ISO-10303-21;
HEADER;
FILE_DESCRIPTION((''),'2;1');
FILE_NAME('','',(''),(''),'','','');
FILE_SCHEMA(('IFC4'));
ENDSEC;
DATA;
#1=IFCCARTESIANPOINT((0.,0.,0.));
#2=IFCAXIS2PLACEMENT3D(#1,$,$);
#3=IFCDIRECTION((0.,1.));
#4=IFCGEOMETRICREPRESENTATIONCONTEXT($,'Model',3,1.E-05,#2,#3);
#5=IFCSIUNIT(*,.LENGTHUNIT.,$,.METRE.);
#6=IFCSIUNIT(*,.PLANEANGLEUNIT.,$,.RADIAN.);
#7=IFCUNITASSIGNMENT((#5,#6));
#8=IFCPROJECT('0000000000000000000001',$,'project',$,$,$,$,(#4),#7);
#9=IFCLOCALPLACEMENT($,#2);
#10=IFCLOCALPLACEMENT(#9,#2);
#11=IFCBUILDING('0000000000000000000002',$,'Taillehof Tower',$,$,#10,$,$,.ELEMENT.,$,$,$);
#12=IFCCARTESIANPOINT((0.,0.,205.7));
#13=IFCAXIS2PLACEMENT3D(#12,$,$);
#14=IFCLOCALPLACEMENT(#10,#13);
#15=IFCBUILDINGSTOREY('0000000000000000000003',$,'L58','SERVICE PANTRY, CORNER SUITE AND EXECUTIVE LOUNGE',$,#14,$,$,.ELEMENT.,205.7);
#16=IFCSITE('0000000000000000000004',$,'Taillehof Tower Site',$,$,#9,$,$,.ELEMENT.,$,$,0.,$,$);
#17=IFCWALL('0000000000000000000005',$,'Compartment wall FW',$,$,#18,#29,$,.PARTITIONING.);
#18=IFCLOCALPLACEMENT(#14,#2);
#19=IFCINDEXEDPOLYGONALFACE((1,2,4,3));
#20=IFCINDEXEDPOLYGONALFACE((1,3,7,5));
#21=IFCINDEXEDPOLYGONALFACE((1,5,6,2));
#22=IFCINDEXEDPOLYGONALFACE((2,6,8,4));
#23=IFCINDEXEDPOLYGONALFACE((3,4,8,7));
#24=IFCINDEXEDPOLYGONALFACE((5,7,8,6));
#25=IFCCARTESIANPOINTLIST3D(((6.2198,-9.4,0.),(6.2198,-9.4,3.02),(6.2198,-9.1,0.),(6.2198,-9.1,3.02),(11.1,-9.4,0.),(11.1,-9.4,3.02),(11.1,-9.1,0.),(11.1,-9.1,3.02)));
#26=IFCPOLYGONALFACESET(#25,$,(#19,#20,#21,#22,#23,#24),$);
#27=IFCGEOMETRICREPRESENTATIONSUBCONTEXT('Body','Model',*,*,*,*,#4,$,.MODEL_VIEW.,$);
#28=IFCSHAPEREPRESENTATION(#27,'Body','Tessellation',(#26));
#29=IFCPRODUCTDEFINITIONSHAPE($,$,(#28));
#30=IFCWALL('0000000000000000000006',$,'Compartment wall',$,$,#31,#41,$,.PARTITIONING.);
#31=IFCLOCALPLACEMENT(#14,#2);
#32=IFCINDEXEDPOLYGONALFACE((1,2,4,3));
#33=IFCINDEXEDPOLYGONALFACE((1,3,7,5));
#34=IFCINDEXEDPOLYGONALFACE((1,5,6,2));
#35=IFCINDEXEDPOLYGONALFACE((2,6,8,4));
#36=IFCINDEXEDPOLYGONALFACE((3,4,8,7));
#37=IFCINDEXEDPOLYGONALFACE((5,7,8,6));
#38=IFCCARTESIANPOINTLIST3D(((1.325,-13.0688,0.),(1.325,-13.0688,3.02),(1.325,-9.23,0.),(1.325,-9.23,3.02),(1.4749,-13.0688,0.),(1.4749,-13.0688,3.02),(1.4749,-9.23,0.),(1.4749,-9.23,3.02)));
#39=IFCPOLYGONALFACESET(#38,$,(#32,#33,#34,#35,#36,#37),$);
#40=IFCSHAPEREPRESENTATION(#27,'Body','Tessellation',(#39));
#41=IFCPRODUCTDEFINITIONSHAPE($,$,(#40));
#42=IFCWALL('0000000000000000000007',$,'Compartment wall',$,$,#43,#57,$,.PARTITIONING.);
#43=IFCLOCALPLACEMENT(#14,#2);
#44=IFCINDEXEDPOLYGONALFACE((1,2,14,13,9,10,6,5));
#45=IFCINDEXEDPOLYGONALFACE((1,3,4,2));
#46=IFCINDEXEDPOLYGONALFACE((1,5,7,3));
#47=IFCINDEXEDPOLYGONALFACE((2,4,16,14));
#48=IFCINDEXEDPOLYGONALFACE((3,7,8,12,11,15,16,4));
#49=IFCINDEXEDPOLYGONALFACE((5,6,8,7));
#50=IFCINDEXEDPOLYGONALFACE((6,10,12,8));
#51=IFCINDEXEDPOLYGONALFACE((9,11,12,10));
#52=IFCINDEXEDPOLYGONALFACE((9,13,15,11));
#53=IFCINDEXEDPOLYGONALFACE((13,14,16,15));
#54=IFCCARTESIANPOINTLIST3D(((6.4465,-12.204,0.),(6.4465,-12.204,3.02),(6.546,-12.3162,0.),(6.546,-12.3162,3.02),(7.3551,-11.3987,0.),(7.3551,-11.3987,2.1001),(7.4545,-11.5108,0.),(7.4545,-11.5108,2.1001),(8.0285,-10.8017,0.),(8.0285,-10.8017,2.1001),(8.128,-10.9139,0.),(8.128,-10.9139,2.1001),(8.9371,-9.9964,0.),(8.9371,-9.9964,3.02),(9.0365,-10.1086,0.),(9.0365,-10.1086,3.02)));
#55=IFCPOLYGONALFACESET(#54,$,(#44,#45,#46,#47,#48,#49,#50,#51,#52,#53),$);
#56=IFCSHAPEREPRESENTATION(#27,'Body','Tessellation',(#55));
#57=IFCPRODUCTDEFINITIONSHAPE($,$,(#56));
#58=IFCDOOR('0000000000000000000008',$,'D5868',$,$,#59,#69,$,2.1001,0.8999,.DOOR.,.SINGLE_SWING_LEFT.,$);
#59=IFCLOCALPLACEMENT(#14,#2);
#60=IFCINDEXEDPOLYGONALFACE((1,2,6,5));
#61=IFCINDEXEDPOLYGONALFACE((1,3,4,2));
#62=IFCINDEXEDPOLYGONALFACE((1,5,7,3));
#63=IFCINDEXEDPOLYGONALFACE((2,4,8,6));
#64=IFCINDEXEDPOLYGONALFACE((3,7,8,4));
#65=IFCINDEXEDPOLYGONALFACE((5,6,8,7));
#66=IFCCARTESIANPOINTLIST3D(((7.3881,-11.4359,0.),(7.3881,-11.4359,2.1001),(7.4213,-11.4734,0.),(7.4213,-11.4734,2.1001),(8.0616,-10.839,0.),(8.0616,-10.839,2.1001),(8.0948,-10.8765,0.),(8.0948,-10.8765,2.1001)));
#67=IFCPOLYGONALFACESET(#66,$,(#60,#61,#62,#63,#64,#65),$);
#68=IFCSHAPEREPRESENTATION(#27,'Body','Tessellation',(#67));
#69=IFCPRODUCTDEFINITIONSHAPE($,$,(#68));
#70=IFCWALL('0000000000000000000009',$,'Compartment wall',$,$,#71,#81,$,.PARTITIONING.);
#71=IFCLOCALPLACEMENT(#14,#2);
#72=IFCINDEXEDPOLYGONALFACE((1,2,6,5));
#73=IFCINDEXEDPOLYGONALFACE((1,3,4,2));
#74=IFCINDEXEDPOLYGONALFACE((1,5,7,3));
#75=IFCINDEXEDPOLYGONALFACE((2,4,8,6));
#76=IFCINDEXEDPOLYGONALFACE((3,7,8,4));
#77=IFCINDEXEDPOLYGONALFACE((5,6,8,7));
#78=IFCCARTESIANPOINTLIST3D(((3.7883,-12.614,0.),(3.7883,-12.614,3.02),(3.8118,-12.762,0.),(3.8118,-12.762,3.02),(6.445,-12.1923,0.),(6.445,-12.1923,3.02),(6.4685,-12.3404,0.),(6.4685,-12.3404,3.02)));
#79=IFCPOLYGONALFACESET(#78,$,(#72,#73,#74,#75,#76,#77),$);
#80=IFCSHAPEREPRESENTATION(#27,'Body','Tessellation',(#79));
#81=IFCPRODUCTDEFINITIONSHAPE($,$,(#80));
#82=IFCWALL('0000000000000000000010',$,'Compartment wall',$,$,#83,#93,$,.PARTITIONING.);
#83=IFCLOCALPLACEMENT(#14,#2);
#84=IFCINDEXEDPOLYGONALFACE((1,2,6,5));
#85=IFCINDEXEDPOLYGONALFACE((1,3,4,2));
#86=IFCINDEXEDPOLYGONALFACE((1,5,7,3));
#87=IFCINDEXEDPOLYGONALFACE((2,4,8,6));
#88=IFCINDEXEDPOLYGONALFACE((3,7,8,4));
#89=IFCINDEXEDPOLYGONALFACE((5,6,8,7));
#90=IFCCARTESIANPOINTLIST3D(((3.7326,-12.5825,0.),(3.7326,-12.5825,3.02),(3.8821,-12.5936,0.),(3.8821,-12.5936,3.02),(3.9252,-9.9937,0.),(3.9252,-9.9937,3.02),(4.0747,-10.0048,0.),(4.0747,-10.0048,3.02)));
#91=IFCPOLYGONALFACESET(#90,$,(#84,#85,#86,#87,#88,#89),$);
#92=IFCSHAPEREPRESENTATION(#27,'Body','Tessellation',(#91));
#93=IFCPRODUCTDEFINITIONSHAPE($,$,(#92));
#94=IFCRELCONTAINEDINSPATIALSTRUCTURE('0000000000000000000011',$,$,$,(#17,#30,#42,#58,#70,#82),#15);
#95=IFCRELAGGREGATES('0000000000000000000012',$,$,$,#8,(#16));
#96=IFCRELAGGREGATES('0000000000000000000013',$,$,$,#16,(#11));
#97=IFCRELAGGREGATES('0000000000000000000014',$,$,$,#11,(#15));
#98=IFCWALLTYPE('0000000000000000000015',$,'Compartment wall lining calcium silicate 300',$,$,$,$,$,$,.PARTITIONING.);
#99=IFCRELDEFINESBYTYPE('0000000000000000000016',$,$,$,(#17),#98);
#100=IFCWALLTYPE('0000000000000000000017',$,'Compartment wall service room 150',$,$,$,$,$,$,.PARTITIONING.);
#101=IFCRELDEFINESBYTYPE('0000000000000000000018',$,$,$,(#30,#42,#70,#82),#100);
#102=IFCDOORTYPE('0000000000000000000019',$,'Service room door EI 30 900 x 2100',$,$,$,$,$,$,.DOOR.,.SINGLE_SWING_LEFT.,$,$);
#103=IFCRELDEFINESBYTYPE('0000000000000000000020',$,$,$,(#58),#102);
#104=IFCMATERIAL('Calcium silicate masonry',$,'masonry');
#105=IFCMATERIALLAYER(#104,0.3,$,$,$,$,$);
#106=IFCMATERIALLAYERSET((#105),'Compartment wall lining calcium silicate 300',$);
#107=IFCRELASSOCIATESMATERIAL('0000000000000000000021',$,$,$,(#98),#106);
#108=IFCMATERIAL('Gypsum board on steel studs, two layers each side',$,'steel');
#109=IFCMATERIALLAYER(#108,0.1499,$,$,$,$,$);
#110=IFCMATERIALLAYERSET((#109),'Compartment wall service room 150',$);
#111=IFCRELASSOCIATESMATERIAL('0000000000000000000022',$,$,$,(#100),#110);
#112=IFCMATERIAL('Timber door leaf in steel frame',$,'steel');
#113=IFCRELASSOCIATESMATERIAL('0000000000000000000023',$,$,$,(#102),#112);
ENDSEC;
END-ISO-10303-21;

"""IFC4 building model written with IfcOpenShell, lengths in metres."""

from ifc_helpers import new_model, si_unit, direction, frame, frame_2d, origin, place, context, subcontext, project, spatial, rectangle, extrude, material, layer, layer_set, type_object, element, fill, save


model = new_model("IFC4")

# Units and contexts
model_context = context("Model", 3, precision=1e-05, world=origin(), true_north=direction((0.0, 1.0)))
body_context = subcontext(model_context, "Body", "Model", "MODEL_VIEW")
ifc_project = project(units=[si_unit("LENGTHUNIT", "METRE"), si_unit("PLANEANGLEUNIT", "RADIAN")], contexts=[model_context])

# Site, building, storey
site_placement = place(None, origin())
site = spatial("IfcSite", under=ifc_project, at=site_placement, Name="Taillehof Tower Site", CompositionType="ELEMENT", RefElevation=0.0)
building_placement = place(site_placement, origin())
building = spatial("IfcBuilding", under=site, at=building_placement, Name="Taillehof Tower", CompositionType="ELEMENT")
storey_placement = place(building_placement, frame((0.0, 0.0, 205.7)))
storey = spatial("IfcBuildingStorey", under=building, at=storey_placement, Name="L58", Description="SERVICE PANTRY, CORNER SUITE AND EXECUTIVE LOUNGE", CompositionType="ELEMENT", Elevation=205.7)

# Walls
ifc_material_1 = material(Name="Calcium silicate masonry", Category="masonry")
ifc_layer_1 = layer(ifc_material_1, 0.3)
ifc_layer_set_1 = layer_set([ifc_layer_1], Name="Compartment wall lining calcium silicate 300")
wall_type_1 = type_object("IfcWallType", Name="Compartment wall lining calcium silicate 300", PredefinedType="PARTITIONING", material=ifc_layer_set_1)
wall_1_placement = place(storey_placement, frame((6.22, -9.25, 0.0), z_axis=(0.0, 0.0, 1.0), x_axis=(1.0, 0.0, 0.0)))
element("IfcWall", 1, at=wall_1_placement, inside=storey, type_object=wall_type_1, Name="Compartment wall FW", PredefinedType="PARTITIONING", context=body_context, shape_type="SweptSolid", body=[
    extrude(rectangle(XDim=4.8801, YDim=0.3, at=frame_2d((2.4399, 0.0))), origin(), (0.0, 0.0, 1.0), 3.02),
])
ifc_material_2 = material(Name="Gypsum board on steel studs, two layers each side", Category="steel")
ifc_layer_2 = layer(ifc_material_2, 0.1499)
ifc_layer_set_2 = layer_set([ifc_layer_2], Name="Compartment wall service room 150")
wall_type_2 = type_object("IfcWallType", Name="Compartment wall service room 150", PredefinedType="PARTITIONING", material=ifc_layer_set_2)
wall_2_placement = place(storey_placement, frame((1.3999, -9.23, 0.0), z_axis=(0.0, 0.0, 1.0), x_axis=(0.0, -1.0, 0.0)))
element("IfcWall", 2, at=wall_2_placement, inside=storey, type_object=wall_type_2, Name="Compartment wall", PredefinedType="PARTITIONING", context=body_context, shape_type="SweptSolid", body=[
    extrude(rectangle(XDim=3.8389, YDim=0.1499, at=frame_2d((1.9194, 0.0))), origin(), (0.0, 0.0, 1.0), 3.02),
])

# Wall, opening, door
wall_3_placement = place(storey_placement, frame((8.9868, -10.0525, 0.0), z_axis=(0.0, 0.0, 1.0), x_axis=(-0.748339, -0.663316, 0.0)))
wall_3 = element("IfcWall", 3, at=wall_3_placement, inside=storey, type_object=wall_type_2, Name="Compartment wall", PredefinedType="PARTITIONING", context=body_context, shape_type="SweptSolid", body=[
    extrude(rectangle(XDim=3.3281, YDim=0.1499, at=frame_2d((1.6641, 0.0))), origin(), (0.0, 0.0, 1.0), 3.02),
])
opening_1_placement = place(wall_3_placement, frame((1.2141, 0.0, 0.0)))
opening_1 = element("IfcOpeningElement", 4, at=opening_1_placement, cuts=wall_3, PredefinedType="OPENING", context=body_context, shape_type="SweptSolid", body=[
    extrude(rectangle(XDim=0.8999, YDim=2.1001, at=frame_2d((0.45, 1.05))), frame((0.0, 0.085, 0.0), z_axis=(0.0, -1.0, 0.0), x_axis=(1.0, 0.0, 0.0)), (0.0, 0.0, 1.0), 0.1699),
])
ifc_material_3 = material(Name="Timber door leaf in steel frame", Category="steel")
door_type_1 = type_object("IfcDoorType", Name="Service room door EI 30 900 x 2100", OperationType="SINGLE_SWING_LEFT", PredefinedType="DOOR", material=ifc_material_3)
door_1_placement = place(opening_1_placement, origin())
door_1 = element("IfcDoor", 5, at=door_1_placement, inside=storey, type_object=door_type_1, Name="D5868", OperationType="SINGLE_SWING_LEFT", OverallHeight=2.1001, OverallWidth=0.8999, PredefinedType="DOOR", context=body_context, shape_type="SweptSolid", body=[
    extrude(rectangle(XDim=0.8999, YDim=2.1001, at=frame_2d((0.45, 1.05))), frame((0.0, 0.0249, 0.0), z_axis=(0.0, -1.0, 0.0), x_axis=(1.0, 0.0, 0.0)), (0.0, 0.0, 1.0), 0.05),
])
fill(opening_1, door_1)

# Walls
wall_4_placement = place(storey_placement, frame((6.4568, -12.2664, 0.0), z_axis=(0.0, 0.0, 1.0), x_axis=(-0.98764, -0.156741, 0.0)))
element("IfcWall", 6, at=wall_4_placement, inside=storey, type_object=wall_type_2, Name="Compartment wall", PredefinedType="PARTITIONING", context=body_context, shape_type="SweptSolid", body=[
    extrude(rectangle(XDim=2.6899, YDim=0.1499, at=frame_2d((1.345, 0.0))), origin(), (0.0, 0.0, 1.0), 3.02),
])
wall_5_placement = place(storey_placement, frame((3.8074, -12.5879, 0.0), z_axis=(0.0, 0.0, 1.0), x_axis=(0.074201, 0.997243, 0.0)))
element("IfcWall", 7, at=wall_5_placement, inside=storey, type_object=wall_type_2, Name="Compartment wall", PredefinedType="PARTITIONING", context=body_context, shape_type="SweptSolid", body=[
    extrude(rectangle(XDim=2.5959, YDim=0.1499, at=frame_2d((1.2979, 0.0))), origin(), (0.0, 0.0, 1.0), 3.02),
])

save(model, "model.ifc")
